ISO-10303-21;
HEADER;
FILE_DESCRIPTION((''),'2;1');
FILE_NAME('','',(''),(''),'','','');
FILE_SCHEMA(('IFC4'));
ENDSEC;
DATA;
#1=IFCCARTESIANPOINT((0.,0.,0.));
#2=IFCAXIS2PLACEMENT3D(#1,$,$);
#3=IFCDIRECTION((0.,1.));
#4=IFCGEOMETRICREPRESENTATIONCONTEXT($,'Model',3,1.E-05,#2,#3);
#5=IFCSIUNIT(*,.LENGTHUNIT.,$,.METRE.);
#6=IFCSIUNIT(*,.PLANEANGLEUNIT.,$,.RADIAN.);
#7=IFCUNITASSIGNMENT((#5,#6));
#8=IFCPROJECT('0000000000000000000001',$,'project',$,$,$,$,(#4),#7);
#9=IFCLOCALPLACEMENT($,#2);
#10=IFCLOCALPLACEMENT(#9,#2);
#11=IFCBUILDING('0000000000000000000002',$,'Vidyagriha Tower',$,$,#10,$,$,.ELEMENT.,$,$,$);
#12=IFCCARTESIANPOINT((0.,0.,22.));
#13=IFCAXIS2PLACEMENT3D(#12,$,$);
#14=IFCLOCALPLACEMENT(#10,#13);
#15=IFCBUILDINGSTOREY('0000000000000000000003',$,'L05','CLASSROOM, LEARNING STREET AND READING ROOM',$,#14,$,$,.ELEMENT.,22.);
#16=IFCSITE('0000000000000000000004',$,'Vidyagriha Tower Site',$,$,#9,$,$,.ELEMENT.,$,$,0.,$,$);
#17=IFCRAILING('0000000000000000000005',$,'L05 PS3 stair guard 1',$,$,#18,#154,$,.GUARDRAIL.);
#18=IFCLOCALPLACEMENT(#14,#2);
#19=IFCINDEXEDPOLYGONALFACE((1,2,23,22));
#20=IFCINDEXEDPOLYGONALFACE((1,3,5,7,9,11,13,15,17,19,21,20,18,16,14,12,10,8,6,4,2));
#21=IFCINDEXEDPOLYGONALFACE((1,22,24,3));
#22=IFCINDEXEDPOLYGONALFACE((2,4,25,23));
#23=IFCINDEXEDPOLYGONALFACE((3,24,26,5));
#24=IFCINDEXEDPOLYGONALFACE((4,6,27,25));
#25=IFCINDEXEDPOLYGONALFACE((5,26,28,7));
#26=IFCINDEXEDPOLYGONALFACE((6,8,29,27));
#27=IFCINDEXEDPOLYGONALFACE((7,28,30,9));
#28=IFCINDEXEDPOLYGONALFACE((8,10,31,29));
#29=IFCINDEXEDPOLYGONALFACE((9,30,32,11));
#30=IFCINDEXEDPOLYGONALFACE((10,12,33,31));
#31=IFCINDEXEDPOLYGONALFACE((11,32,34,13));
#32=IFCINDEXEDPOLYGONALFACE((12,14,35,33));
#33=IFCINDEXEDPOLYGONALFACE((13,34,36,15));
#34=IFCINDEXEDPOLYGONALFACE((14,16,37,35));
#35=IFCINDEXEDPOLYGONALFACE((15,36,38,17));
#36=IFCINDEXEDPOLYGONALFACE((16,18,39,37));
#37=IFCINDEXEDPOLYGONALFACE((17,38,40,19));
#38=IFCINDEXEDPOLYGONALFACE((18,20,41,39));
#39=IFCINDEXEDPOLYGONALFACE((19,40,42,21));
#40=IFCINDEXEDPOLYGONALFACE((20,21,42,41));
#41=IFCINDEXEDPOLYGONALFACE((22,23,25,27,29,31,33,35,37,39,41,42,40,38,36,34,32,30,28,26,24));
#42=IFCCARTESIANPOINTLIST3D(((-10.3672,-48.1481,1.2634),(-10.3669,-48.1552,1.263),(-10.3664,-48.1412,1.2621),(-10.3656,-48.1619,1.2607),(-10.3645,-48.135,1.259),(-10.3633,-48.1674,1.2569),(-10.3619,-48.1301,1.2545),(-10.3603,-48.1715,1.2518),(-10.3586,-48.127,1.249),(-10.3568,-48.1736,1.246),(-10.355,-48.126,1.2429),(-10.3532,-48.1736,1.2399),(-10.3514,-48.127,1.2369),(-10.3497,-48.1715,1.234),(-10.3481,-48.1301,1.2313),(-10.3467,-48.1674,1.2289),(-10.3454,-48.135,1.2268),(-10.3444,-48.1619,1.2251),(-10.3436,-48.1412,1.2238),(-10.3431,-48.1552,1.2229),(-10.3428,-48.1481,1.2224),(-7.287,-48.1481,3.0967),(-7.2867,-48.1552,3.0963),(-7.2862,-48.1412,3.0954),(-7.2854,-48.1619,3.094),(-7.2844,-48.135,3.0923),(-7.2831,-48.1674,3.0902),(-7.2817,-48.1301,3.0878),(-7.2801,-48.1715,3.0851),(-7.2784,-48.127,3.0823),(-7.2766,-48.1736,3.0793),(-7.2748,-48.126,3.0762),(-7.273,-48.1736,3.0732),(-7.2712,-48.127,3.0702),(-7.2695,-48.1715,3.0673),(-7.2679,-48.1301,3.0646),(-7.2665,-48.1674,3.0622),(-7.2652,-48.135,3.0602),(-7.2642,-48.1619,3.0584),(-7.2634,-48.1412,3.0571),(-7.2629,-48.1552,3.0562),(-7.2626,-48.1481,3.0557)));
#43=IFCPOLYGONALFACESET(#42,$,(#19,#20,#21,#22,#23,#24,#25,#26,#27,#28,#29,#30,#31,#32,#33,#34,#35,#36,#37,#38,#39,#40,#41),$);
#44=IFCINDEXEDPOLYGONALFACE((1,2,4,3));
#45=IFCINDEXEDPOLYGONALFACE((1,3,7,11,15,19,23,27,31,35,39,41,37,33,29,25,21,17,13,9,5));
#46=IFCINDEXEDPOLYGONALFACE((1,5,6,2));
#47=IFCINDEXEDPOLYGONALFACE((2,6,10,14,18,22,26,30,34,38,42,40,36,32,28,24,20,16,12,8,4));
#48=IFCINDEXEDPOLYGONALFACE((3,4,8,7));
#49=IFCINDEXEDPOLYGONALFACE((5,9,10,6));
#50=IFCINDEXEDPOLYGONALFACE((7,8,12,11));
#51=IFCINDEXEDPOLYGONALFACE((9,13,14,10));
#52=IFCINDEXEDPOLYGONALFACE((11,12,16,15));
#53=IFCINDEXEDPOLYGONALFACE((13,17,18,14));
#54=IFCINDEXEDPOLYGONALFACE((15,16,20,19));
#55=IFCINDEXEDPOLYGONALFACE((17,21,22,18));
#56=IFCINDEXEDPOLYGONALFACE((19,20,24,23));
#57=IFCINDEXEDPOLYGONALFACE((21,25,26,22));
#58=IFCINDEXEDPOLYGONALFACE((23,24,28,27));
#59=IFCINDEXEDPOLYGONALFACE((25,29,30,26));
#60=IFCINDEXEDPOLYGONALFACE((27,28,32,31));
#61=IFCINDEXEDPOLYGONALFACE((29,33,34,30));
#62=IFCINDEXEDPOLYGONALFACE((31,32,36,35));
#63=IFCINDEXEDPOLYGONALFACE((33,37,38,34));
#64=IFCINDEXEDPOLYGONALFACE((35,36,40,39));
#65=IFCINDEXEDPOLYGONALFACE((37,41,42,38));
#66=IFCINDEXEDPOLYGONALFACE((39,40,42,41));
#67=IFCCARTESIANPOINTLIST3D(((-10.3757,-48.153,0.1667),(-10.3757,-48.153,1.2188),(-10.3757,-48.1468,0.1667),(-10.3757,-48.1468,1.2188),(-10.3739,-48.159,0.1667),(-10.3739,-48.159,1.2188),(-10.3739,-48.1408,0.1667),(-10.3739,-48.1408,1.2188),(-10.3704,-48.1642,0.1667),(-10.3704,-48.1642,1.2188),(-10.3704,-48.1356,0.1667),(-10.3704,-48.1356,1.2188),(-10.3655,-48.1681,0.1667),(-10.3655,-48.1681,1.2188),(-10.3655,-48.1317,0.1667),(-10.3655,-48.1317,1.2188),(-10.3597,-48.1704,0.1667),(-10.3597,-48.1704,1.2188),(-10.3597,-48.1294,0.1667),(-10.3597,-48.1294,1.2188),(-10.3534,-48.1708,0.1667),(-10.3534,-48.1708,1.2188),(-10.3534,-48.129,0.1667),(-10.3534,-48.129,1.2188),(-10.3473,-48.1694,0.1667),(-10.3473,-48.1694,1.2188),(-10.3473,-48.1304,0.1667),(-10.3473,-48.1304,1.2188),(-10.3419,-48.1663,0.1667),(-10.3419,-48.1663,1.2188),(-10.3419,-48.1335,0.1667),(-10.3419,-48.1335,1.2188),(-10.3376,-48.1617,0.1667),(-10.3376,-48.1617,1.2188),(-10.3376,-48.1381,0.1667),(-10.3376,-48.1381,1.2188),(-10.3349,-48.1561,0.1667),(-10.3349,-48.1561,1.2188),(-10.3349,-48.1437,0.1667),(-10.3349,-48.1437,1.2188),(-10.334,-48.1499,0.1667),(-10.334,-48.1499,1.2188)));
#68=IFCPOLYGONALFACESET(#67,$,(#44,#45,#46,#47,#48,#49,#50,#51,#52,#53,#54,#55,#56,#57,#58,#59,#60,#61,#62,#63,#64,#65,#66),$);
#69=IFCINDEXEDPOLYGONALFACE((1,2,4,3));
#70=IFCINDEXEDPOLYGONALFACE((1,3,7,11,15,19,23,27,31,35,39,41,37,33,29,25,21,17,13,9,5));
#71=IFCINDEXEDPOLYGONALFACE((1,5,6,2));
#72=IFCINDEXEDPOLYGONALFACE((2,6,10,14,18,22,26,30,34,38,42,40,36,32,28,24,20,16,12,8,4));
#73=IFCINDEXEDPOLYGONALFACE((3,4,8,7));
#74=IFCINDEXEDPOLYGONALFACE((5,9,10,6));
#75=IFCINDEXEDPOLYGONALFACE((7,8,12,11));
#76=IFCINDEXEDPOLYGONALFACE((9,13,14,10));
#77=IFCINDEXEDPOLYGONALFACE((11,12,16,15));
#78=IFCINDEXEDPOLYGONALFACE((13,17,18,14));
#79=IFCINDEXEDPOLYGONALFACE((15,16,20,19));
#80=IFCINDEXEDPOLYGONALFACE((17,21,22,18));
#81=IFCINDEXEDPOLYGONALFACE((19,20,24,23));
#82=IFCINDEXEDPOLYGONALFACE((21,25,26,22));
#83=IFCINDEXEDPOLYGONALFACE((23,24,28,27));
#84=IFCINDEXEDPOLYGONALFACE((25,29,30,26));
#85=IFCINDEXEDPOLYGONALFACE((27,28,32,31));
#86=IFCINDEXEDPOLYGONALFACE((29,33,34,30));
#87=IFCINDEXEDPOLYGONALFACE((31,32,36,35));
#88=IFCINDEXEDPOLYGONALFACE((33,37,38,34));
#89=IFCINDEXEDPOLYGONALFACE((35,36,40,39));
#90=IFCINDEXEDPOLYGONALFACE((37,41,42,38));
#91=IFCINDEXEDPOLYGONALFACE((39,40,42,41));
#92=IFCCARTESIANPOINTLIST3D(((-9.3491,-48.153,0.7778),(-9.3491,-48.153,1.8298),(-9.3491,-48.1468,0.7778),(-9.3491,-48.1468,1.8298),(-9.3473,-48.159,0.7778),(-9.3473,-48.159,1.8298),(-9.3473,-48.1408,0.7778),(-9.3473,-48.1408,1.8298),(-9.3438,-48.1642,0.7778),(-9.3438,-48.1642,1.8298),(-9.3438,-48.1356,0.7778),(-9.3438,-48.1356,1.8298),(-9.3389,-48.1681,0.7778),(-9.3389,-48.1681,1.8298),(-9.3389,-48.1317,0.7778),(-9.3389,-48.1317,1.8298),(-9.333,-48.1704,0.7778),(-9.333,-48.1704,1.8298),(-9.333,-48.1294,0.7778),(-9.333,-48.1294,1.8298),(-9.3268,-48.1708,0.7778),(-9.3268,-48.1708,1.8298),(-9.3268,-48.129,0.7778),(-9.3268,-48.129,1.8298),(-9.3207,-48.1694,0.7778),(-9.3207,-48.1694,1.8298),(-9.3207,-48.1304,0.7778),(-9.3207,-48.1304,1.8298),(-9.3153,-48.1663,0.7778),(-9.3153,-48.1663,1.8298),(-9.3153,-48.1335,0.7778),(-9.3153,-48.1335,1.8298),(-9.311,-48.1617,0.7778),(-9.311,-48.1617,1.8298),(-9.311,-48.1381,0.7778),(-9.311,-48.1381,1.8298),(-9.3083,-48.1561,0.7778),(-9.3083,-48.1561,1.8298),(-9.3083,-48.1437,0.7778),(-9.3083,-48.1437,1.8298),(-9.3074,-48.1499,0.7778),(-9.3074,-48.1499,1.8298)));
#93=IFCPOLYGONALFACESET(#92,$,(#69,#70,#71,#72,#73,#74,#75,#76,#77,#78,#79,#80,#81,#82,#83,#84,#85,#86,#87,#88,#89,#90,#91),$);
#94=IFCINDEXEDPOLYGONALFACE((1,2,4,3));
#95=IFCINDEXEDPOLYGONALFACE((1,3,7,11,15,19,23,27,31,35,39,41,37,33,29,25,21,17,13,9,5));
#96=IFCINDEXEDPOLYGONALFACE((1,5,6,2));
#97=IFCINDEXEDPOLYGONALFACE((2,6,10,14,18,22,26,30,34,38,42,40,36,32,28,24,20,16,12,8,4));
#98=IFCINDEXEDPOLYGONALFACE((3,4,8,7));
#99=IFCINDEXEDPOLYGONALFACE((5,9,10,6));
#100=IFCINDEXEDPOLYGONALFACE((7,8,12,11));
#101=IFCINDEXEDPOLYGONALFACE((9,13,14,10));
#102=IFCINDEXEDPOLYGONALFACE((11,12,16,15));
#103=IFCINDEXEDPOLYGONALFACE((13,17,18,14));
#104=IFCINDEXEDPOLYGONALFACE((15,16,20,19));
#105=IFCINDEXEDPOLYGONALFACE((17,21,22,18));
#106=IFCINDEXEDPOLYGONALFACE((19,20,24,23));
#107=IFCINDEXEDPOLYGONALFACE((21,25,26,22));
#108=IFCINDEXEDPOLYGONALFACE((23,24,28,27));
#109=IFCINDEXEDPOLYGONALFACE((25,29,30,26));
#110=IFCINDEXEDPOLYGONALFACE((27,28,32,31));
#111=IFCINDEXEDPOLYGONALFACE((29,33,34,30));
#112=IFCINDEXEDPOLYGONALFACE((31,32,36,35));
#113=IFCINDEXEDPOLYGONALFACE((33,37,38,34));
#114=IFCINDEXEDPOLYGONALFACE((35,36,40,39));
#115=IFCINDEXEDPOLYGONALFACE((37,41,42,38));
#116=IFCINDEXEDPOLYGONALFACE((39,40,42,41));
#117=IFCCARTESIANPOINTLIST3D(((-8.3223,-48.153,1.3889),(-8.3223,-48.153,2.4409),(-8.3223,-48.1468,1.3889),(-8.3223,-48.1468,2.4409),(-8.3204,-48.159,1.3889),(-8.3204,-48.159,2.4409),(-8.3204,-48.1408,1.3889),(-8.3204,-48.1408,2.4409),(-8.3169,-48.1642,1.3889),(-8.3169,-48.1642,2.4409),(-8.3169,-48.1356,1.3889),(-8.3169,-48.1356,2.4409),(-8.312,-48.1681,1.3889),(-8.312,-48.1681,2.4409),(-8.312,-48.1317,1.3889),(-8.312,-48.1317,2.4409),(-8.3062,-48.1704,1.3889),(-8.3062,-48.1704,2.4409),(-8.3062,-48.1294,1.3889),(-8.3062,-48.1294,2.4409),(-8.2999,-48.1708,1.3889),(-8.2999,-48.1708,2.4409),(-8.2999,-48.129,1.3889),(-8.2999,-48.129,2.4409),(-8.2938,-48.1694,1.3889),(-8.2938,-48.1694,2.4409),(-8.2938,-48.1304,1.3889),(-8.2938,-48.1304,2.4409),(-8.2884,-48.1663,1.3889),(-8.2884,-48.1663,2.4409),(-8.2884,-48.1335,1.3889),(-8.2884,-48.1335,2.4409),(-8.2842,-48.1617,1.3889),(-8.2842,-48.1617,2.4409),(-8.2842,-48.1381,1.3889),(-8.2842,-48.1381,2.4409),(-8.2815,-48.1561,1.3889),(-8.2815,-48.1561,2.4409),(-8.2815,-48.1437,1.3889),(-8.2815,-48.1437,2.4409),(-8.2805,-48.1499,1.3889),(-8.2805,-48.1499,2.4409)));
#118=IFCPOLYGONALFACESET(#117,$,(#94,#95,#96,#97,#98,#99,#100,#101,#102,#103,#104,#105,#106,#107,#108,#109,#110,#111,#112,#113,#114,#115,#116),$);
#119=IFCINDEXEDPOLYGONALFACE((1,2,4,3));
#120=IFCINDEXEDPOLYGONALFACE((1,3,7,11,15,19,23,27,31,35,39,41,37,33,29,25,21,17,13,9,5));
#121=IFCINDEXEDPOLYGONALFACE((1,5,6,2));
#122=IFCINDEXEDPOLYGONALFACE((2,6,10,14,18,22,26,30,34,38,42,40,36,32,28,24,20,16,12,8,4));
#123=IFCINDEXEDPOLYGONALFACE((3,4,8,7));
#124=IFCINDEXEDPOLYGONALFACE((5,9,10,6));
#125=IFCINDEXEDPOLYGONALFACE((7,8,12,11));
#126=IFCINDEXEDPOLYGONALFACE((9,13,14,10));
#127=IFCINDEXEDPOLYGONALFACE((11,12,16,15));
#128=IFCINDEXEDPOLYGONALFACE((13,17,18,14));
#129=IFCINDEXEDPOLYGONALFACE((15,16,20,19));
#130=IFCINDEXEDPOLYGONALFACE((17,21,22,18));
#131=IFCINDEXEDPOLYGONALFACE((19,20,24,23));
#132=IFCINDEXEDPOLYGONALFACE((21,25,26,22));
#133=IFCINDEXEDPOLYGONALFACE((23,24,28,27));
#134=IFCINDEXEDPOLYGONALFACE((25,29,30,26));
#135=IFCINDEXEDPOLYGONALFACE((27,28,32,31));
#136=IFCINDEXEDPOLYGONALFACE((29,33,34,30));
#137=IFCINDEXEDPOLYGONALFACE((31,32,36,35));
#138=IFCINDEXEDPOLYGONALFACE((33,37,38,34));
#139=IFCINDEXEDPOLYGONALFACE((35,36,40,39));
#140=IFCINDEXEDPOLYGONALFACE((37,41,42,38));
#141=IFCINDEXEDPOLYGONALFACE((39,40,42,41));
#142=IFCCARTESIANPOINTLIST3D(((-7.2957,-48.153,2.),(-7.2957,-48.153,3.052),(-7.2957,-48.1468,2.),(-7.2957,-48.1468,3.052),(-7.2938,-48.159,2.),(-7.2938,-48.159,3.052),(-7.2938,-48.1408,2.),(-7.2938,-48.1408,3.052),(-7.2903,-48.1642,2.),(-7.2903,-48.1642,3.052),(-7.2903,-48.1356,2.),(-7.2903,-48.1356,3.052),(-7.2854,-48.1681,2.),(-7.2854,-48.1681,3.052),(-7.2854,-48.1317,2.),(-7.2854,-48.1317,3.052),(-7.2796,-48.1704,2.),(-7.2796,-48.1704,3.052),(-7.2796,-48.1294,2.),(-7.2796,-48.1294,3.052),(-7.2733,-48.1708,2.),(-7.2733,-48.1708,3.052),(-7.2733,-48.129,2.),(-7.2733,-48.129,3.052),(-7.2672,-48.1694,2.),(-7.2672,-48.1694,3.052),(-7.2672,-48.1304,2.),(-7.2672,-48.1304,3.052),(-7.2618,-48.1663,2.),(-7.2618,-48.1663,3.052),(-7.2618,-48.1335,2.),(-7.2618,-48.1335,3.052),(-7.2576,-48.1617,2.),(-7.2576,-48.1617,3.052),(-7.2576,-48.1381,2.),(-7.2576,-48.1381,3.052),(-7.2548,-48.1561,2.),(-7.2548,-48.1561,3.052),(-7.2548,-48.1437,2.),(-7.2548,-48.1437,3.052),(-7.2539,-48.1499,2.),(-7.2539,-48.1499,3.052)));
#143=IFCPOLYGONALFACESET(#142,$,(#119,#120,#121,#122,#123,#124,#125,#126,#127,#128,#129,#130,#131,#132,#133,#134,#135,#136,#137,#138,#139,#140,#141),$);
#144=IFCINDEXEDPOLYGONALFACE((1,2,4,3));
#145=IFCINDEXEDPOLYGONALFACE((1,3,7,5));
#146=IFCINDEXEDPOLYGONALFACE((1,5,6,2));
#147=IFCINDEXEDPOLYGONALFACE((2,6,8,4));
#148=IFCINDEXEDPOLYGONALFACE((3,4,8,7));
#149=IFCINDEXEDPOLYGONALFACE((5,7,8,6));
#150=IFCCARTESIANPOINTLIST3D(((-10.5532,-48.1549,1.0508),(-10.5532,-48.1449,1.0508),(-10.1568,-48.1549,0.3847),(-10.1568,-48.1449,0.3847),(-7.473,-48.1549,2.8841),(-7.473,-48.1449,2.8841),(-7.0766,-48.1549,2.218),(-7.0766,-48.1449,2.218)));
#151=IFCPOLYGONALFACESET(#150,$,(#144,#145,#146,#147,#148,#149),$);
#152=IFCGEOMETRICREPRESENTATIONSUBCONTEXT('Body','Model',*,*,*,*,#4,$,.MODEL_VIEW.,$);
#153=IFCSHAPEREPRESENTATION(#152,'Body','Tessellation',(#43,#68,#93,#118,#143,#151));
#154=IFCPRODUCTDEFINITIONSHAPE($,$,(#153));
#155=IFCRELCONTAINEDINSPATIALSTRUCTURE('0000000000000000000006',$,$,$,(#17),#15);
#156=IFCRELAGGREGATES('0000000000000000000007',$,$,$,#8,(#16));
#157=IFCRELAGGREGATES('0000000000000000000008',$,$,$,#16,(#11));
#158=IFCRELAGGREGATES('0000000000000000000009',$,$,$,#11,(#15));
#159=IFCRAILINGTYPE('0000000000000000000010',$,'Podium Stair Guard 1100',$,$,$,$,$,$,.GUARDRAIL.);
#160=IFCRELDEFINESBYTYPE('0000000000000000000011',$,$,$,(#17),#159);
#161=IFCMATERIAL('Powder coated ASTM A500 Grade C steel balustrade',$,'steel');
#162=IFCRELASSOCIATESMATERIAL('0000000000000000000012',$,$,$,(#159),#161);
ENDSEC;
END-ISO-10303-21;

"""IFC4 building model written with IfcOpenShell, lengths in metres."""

from ifc_helpers import new_model, si_unit, direction, frame, origin, origin_2d, place, context, subcontext, project, spatial, rectangle, circle, extrude, material, type_object, element, save


model = new_model("IFC4")

# Units and contexts
model_context = context("Model", 3, precision=1e-05, world=origin(), true_north=direction((0.0, 1.0)))
body_context = subcontext(model_context, "Body", "Model", "MODEL_VIEW")
ifc_project = project(units=[si_unit("LENGTHUNIT", "METRE"), si_unit("PLANEANGLEUNIT", "RADIAN")], contexts=[model_context])

# Site, building, storey
site_placement = place(None, origin())
site = spatial("IfcSite", under=ifc_project, at=site_placement, Name="Vidyagriha Tower Site", CompositionType="ELEMENT", RefElevation=0.0)
building_placement = place(site_placement, origin())
building = spatial("IfcBuilding", under=site, at=building_placement, Name="Vidyagriha Tower", CompositionType="ELEMENT")
storey_placement = place(building_placement, frame((0.0, 0.0, 22.0)))
storey = spatial("IfcBuildingStorey", under=building, at=storey_placement, Name="L05", Description="CLASSROOM, LEARNING STREET AND READING ROOM", CompositionType="ELEMENT", Elevation=22.0)

# Railing
ifc_material_1 = material(Name="Powder coated ASTM A500 Grade C steel balustrade", Category="steel")
railing_type_1 = type_object("IfcRailingType", Name="Podium Stair Guard 1100", PredefinedType="GUARDRAIL", material=ifc_material_1)
railing_1_placement = place(storey_placement, frame((-10.355, -48.1499, 0.1667)))
element("IfcRailing", 1, at=railing_1_placement, inside=storey, type_object=railing_type_1, Name="L05 PS3 stair guard 1", PredefinedType="GUARDRAIL", context=body_context, shape_type="SweptSolid", body=[
    extrude(circle(Radius=0.0239, at=origin_2d()), frame((0.0, 0.0, 1.0762), z_axis=(0.859309, 0.0, 0.511458), x_axis=(0.0, 1.0, 0.0)), (0.0, 0.0, 1.0), 3.5845),
    extrude(circle(Radius=0.021, at=origin_2d()), origin(), (0.0, 0.0, 1.0), 1.052),
    extrude(circle(Radius=0.021, at=origin_2d()), frame((1.0266, 0.0, 0.6111)), (0.0, 0.0, 1.0), 1.052),
    extrude(circle(Radius=0.021, at=origin_2d()), frame((2.0535, 0.0, 1.2222)), (0.0, 0.0, 1.0), 1.052),
    extrude(circle(Radius=0.021, at=origin_2d()), frame((3.0801, 0.0, 1.8333)), (0.0, 0.0, 1.0), 1.052),
    extrude(rectangle(XDim=0.01, YDim=0.7751, at=origin_2d()), frame((0.0, 0.0, 0.551), z_axis=(0.859309, 0.0, 0.511458), x_axis=(0.0, 1.0, 0.0)), (0.0, 0.0, 1.0), 3.5845),
])

save(model, "model.ifc")
